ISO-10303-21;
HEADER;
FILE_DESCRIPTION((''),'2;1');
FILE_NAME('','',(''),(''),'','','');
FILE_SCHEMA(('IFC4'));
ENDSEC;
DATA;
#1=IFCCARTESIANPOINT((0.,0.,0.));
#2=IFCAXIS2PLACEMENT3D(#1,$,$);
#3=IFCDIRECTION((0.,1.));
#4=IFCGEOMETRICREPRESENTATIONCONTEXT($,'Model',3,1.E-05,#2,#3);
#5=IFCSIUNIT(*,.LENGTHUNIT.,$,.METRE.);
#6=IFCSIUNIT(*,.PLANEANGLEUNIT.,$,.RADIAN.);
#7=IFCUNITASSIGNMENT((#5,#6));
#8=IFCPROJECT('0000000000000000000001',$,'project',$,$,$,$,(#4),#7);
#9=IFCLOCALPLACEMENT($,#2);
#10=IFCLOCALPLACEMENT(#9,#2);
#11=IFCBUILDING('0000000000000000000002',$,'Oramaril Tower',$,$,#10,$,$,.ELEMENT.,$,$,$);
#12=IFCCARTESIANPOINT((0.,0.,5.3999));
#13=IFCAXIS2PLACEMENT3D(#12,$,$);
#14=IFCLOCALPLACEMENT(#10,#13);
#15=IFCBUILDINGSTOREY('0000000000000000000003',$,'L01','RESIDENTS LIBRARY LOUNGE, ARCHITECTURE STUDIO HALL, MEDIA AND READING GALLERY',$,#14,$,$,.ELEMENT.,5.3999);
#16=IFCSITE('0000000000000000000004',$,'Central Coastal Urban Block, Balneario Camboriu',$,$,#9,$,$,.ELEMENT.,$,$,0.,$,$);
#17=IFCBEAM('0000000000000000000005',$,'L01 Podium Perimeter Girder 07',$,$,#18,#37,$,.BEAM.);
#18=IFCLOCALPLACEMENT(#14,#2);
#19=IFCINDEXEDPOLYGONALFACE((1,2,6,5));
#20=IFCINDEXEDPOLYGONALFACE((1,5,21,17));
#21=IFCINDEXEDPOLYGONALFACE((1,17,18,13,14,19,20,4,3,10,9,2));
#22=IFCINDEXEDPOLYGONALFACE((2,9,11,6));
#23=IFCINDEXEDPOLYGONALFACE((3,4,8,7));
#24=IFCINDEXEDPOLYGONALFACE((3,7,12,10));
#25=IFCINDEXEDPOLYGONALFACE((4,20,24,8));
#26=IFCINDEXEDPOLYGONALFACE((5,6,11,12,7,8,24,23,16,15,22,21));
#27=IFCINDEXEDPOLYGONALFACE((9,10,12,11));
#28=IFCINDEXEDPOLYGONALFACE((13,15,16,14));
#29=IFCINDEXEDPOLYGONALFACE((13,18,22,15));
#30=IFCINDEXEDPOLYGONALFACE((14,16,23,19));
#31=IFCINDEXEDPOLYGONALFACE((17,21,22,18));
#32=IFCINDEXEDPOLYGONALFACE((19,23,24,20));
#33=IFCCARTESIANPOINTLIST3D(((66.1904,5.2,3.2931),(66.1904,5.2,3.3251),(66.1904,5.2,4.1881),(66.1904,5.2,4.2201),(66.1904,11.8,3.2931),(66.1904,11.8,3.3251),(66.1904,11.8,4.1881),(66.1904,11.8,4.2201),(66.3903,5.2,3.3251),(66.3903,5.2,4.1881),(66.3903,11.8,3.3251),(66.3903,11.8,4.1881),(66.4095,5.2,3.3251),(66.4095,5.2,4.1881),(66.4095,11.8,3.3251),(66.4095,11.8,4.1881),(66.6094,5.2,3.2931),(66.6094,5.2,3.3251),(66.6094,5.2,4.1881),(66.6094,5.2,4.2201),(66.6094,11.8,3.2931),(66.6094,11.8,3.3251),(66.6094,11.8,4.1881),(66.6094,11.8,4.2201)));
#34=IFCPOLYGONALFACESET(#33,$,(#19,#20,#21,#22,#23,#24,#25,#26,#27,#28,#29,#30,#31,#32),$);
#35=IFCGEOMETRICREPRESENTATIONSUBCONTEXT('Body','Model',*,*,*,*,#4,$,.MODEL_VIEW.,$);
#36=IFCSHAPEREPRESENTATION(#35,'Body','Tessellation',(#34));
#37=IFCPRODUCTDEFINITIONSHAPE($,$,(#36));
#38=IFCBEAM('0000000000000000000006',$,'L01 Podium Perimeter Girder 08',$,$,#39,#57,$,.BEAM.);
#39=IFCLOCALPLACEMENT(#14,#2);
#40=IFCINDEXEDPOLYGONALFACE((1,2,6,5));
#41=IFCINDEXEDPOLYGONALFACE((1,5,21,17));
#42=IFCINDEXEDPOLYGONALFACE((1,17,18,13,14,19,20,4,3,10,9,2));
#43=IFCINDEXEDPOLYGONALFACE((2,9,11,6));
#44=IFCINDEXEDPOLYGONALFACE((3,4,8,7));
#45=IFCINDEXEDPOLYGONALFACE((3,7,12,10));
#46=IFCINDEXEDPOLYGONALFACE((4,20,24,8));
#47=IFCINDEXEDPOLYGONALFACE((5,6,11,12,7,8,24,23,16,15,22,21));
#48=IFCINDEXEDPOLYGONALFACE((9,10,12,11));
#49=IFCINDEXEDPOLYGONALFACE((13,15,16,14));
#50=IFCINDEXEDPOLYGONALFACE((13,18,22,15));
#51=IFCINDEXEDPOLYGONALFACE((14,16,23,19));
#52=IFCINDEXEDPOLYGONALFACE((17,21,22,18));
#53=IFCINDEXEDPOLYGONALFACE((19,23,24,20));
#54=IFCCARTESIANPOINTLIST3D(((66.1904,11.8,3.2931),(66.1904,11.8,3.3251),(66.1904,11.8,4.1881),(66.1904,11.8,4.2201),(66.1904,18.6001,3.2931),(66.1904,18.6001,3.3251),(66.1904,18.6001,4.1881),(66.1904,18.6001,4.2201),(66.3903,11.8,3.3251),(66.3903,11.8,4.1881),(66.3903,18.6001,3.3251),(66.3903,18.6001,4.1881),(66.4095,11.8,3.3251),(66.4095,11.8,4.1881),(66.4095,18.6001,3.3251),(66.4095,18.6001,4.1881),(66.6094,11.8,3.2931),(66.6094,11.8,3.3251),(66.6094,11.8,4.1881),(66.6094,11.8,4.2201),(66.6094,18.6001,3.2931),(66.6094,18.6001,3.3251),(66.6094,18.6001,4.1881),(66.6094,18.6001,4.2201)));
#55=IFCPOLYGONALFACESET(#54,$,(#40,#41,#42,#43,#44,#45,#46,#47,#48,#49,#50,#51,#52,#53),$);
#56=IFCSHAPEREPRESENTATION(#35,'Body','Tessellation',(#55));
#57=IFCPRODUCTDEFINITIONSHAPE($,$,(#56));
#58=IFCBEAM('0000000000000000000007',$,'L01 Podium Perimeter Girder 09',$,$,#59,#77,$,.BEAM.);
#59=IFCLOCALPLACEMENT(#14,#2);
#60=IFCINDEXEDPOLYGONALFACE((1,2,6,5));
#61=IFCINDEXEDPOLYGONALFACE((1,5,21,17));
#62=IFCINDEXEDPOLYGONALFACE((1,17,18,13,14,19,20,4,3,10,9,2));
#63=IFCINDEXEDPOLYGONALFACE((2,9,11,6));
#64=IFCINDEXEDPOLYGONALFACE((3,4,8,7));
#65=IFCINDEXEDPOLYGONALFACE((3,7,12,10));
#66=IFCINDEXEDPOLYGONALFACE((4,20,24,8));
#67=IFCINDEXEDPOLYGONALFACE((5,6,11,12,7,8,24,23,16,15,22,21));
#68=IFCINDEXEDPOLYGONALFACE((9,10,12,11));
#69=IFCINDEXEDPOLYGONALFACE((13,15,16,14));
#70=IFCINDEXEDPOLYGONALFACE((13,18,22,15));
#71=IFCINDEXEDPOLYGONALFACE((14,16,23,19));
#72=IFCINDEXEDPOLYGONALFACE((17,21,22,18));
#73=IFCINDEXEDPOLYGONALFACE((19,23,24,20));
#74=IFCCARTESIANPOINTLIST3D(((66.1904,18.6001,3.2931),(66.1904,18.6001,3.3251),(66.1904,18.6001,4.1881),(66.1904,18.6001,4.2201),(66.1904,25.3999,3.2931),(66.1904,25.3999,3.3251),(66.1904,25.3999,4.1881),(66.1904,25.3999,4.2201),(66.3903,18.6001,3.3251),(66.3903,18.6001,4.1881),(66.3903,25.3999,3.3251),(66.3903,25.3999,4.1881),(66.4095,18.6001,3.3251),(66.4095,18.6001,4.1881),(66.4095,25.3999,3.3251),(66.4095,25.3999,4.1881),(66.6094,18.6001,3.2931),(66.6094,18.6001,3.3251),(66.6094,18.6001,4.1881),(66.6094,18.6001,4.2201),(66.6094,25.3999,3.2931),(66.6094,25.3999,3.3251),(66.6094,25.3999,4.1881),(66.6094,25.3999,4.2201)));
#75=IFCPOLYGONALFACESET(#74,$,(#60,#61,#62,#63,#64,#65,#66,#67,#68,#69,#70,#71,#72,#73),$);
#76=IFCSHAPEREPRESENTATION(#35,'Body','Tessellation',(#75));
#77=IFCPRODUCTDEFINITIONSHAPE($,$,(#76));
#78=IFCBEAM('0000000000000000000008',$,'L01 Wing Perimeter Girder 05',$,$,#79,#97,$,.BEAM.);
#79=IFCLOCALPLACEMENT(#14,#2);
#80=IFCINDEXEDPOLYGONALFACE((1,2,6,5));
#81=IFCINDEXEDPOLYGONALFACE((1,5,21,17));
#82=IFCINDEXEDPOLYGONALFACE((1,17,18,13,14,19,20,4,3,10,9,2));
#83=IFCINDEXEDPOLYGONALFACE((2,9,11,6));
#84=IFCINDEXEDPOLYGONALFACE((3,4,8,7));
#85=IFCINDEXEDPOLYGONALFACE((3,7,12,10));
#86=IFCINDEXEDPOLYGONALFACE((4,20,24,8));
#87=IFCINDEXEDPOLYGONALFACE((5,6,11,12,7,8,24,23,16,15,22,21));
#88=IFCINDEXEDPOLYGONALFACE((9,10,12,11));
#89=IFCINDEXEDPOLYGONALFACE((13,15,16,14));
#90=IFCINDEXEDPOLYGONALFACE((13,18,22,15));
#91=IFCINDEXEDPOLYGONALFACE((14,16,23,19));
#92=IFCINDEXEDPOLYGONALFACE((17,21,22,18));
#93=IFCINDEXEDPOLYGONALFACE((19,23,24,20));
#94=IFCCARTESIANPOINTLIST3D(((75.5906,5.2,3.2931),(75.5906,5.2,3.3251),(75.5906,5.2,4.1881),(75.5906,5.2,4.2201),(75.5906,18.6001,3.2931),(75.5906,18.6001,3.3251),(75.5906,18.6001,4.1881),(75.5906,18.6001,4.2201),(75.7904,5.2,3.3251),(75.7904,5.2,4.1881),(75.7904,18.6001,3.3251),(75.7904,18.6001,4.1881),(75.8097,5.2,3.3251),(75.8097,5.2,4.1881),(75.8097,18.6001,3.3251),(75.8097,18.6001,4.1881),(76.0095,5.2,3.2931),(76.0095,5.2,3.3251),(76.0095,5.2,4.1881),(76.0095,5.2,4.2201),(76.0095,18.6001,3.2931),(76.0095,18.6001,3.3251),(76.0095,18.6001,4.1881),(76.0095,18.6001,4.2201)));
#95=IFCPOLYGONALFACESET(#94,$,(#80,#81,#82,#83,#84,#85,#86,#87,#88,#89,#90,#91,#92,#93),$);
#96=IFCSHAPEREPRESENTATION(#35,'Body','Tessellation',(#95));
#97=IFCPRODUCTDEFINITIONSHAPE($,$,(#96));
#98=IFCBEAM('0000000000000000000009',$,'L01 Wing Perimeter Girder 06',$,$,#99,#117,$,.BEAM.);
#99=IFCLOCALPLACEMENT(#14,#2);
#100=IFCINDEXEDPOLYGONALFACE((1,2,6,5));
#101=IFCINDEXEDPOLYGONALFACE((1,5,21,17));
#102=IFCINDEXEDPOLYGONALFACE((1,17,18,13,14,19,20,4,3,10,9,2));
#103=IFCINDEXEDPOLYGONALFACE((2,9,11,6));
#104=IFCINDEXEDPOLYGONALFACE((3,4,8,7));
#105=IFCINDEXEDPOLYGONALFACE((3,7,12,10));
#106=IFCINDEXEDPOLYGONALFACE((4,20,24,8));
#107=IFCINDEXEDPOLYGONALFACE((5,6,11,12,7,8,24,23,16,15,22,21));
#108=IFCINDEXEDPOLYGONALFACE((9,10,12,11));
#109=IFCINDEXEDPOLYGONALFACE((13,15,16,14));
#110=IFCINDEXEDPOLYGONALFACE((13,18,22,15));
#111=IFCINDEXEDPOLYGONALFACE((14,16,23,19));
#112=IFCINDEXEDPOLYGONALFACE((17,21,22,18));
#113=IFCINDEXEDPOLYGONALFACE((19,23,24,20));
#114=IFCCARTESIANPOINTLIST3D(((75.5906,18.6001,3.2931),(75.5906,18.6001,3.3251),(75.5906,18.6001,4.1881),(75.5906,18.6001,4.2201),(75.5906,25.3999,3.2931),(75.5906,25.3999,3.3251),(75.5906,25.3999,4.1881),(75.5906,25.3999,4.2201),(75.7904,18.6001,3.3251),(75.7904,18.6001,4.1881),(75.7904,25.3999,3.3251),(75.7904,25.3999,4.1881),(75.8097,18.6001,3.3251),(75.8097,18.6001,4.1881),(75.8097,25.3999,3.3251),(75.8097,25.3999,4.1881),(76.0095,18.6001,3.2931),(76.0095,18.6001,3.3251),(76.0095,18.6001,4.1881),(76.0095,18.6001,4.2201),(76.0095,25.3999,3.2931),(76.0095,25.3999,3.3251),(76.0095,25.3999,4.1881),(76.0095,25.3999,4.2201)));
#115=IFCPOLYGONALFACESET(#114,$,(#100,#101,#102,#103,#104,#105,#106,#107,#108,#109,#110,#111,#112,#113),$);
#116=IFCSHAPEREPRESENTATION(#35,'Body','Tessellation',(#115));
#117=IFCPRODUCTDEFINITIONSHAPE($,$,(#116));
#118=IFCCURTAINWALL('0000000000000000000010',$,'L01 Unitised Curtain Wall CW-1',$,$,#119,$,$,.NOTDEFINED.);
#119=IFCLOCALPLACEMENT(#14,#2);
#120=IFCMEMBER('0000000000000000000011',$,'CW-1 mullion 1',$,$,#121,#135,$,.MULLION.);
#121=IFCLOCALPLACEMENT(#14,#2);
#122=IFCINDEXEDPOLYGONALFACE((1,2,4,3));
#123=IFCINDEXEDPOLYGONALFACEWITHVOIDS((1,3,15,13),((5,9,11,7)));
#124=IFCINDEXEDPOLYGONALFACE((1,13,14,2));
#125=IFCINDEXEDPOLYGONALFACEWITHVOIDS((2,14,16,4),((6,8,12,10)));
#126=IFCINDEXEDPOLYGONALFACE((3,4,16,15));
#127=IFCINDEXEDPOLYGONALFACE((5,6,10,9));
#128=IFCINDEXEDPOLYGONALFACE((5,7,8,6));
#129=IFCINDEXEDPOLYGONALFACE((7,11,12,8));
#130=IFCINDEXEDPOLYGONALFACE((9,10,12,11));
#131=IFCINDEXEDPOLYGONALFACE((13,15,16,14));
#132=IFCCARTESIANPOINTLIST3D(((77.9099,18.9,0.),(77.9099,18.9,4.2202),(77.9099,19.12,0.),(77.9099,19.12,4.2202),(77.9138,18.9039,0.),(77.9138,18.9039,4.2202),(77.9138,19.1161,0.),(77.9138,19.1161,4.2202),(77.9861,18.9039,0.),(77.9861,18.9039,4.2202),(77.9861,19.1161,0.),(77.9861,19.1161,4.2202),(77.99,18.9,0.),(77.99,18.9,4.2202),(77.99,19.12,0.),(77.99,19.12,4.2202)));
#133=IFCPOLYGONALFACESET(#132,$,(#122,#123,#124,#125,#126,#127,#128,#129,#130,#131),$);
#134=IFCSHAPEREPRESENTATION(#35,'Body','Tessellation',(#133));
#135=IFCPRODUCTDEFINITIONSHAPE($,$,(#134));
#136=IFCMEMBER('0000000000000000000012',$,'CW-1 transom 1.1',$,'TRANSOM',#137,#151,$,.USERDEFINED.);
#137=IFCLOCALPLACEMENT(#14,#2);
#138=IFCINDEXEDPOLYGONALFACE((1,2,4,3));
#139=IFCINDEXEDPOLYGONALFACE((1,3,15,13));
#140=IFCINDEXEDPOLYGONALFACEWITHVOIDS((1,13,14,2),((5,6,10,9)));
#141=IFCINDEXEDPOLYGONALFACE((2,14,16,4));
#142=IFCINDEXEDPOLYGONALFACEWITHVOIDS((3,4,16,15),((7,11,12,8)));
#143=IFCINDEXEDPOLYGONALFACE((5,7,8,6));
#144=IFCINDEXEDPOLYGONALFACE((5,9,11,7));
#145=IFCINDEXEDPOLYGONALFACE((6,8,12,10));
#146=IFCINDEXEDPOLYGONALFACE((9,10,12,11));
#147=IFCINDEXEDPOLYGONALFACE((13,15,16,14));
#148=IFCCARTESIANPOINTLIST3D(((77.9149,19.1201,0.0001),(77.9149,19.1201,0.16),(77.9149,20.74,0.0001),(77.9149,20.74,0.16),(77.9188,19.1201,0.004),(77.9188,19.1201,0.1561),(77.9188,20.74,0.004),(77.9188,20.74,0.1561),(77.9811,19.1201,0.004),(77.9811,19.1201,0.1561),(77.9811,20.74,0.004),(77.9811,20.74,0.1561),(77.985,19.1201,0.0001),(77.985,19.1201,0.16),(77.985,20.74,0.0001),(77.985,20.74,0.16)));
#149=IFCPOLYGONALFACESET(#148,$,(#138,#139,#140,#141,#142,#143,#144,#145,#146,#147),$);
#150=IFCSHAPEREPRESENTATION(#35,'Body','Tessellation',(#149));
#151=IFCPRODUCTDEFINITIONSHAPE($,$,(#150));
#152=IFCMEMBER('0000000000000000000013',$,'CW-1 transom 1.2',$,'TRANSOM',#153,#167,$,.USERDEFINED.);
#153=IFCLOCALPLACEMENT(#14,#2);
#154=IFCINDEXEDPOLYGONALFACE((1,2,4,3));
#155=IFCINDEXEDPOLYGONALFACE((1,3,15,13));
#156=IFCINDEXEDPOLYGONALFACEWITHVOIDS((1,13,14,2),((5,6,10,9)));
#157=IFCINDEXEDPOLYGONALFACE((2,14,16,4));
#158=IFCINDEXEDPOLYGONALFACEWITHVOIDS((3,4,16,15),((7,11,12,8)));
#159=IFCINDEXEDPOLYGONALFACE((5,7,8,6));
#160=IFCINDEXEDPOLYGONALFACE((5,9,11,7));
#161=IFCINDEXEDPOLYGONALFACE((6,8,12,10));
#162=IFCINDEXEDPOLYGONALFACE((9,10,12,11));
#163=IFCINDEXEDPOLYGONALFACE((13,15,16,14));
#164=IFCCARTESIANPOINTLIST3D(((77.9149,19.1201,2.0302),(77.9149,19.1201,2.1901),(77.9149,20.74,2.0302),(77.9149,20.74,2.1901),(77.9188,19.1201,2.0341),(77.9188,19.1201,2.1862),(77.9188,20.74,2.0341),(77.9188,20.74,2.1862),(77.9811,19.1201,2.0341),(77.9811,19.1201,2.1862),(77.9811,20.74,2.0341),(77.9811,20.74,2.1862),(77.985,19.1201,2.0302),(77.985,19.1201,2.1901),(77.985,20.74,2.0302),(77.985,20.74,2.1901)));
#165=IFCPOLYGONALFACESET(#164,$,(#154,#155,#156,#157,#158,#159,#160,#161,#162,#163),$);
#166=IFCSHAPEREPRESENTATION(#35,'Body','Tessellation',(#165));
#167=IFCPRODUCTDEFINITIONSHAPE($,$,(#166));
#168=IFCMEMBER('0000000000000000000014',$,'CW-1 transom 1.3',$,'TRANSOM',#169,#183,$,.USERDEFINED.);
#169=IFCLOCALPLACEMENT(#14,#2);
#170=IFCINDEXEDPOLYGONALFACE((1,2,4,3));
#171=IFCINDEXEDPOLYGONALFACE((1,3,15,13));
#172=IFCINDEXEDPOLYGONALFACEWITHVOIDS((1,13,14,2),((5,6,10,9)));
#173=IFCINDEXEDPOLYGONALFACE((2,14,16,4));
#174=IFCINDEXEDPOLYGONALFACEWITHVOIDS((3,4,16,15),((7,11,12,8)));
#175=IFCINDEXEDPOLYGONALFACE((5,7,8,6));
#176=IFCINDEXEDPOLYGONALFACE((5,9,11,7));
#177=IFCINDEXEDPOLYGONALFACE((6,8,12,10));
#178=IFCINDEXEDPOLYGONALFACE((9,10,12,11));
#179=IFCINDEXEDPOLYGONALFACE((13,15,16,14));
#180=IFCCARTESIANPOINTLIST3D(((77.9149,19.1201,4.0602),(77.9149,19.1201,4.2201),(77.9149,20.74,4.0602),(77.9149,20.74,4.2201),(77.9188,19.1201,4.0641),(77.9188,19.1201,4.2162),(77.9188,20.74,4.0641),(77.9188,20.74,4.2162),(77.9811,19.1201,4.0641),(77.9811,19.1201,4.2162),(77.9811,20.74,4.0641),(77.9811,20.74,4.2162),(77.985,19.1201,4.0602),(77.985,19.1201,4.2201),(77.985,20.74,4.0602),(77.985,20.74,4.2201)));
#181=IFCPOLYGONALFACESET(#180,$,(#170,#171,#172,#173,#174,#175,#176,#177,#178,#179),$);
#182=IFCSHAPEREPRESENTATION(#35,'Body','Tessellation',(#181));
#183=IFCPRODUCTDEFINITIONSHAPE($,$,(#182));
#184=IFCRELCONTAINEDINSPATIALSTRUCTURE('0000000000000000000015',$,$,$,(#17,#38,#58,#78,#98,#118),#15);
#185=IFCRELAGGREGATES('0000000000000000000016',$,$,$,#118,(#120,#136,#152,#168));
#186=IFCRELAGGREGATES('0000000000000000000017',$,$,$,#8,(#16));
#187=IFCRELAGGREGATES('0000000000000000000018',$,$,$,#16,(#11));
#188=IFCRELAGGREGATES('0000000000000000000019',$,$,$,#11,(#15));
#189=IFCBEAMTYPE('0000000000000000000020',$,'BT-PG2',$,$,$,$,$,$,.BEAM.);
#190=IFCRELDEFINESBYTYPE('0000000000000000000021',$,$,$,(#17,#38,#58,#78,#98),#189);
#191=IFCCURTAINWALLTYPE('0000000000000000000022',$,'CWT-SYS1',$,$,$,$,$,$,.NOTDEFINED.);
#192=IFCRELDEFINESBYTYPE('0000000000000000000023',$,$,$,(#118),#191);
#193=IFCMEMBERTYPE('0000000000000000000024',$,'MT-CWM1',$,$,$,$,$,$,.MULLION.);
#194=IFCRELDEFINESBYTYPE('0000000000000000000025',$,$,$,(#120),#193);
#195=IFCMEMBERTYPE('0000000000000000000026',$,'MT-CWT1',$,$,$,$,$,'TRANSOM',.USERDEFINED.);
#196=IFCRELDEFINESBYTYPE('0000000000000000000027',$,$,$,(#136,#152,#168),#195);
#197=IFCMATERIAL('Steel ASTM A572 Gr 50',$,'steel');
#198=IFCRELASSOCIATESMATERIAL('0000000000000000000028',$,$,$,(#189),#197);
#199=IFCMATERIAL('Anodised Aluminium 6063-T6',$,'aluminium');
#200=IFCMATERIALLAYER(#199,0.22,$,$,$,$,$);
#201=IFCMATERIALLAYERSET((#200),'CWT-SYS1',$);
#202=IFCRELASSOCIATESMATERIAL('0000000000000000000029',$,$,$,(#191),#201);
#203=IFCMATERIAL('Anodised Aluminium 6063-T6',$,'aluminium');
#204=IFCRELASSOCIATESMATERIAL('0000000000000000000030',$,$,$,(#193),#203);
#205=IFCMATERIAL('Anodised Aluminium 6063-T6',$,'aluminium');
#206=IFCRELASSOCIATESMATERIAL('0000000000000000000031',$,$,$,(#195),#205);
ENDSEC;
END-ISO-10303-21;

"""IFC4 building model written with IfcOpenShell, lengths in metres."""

from ifc_helpers import new_model, si_unit, direction, frame, origin, origin_2d, place, context, subcontext, project, spatial, hollow_rectangle, i_section, extrude, material, layer, layer_set, material_profile, profile_set, type_object, element, aggregate, save


model = new_model("IFC4")

# Units and contexts
model_context = context("Model", 3, precision=1e-05, world=origin(), true_north=direction((0.0, 1.0)))
body_context = subcontext(model_context, "Body", "Model", "MODEL_VIEW")
ifc_project = project(units=[si_unit("LENGTHUNIT", "METRE"), si_unit("PLANEANGLEUNIT", "RADIAN")], contexts=[model_context])

# Site, building, storey
site_placement = place(None, origin())
site = spatial("IfcSite", under=ifc_project, at=site_placement, Name="Central Coastal Urban Block, Balneario Camboriu", CompositionType="ELEMENT", RefElevation=0.0)
building_placement = place(site_placement, origin())
building = spatial("IfcBuilding", under=site, at=building_placement, Name="Oramaril Tower", CompositionType="ELEMENT")
storey_placement = place(building_placement, frame((0.0, 0.0, 5.3999)))
storey = spatial("IfcBuildingStorey", under=building, at=storey_placement, Name="L01", Description="RESIDENTS LIBRARY LOUNGE, ARCHITECTURE STUDIO HALL, MEDIA AND READING GALLERY", CompositionType="ELEMENT", Elevation=5.3999)

# Beams
ifc_material_1 = material(Name="Steel ASTM A572 Gr 50", Category="steel")
ifc_material_profile_1 = material_profile(ifc_material_1, i_section(OverallWidth=0.4189, OverallDepth=0.927, WebThickness=0.0193, FlangeThickness=0.032, at=origin_2d()), Name="W36X231")
ifc_profile_set_1 = profile_set([ifc_material_profile_1], Name="Steel ASTM A572 Gr 50")
beam_type_1 = type_object("IfcBeamType", Name="BT-PG2", PredefinedType="BEAM", material=ifc_profile_set_1)
beam_1_placement = place(storey_placement, frame((66.3999, 5.2, 3.7566), z_axis=(0.0, 1.0, 0.0), x_axis=(-1.0, 0.0, 0.0)))
element("IfcBeam", 1, at=beam_1_placement, inside=storey, type_object=beam_type_1, Name="L01 Podium Perimeter Girder 07", PredefinedType="BEAM", context=body_context, shape_type="SweptSolid", body=[
    extrude(i_section(OverallWidth=0.4189, OverallDepth=0.927, WebThickness=0.0193, FlangeThickness=0.032, at=origin_2d()), origin(), (0.0, 0.0, 1.0), 6.6001),
])
beam_2_placement = place(storey_placement, frame((66.3999, 11.8, 3.7566), z_axis=(0.0, 1.0, 0.0), x_axis=(-1.0, 0.0, 0.0)))
element("IfcBeam", 2, at=beam_2_placement, inside=storey, type_object=beam_type_1, Name="L01 Podium Perimeter Girder 08", PredefinedType="BEAM", context=body_context, shape_type="SweptSolid", body=[
    extrude(i_section(OverallWidth=0.4189, OverallDepth=0.927, WebThickness=0.0193, FlangeThickness=0.032, at=origin_2d()), origin(), (0.0, 0.0, 1.0), 6.8),
])
beam_3_placement = place(storey_placement, frame((66.3999, 18.6001, 3.7566), z_axis=(0.0, 1.0, 0.0), x_axis=(-1.0, 0.0, 0.0)))
element("IfcBeam", 3, at=beam_3_placement, inside=storey, type_object=beam_type_1, Name="L01 Podium Perimeter Girder 09", PredefinedType="BEAM", context=body_context, shape_type="SweptSolid", body=[
    extrude(i_section(OverallWidth=0.4189, OverallDepth=0.927, WebThickness=0.0193, FlangeThickness=0.032, at=origin_2d()), origin(), (0.0, 0.0, 1.0), 6.7998),
])
beam_4_placement = place(storey_placement, frame((75.8, 5.2, 3.7566), z_axis=(0.0, 1.0, 0.0), x_axis=(-1.0, 0.0, 0.0)))
element("IfcBeam", 4, at=beam_4_placement, inside=storey, type_object=beam_type_1, Name="L01 Wing Perimeter Girder 05", PredefinedType="BEAM", context=body_context, shape_type="SweptSolid", body=[
    extrude(i_section(OverallWidth=0.4189, OverallDepth=0.927, WebThickness=0.0193, FlangeThickness=0.032, at=origin_2d()), origin(), (0.0, 0.0, 1.0), 13.4001),
])
beam_5_placement = place(storey_placement, frame((75.8, 18.6001, 3.7566), z_axis=(0.0, 1.0, 0.0), x_axis=(-1.0, 0.0, 0.0)))
element("IfcBeam", 5, at=beam_5_placement, inside=storey, type_object=beam_type_1, Name="L01 Wing Perimeter Girder 06", PredefinedType="BEAM", context=body_context, shape_type="SweptSolid", body=[
    extrude(i_section(OverallWidth=0.4189, OverallDepth=0.927, WebThickness=0.0193, FlangeThickness=0.032, at=origin_2d()), origin(), (0.0, 0.0, 1.0), 6.7998),
])

# Curtain wall, members
ifc_material_2 = material(Name="Anodised Aluminium 6063-T6", Category="aluminium")
ifc_layer_1 = layer(ifc_material_2, 0.22)
ifc_layer_set_1 = layer_set([ifc_layer_1], Name="CWT-SYS1")
curtain_wall_type = type_object("IfcCurtainWallType", Name="CWT-SYS1", PredefinedType="NOTDEFINED", material=ifc_layer_set_1)
curtain_wall_placement = place(storey_placement, origin())
curtain_wall = element("IfcCurtainWall", 6, at=curtain_wall_placement, inside=storey, type_object=curtain_wall_type, Name="L01 Unitised Curtain Wall CW-1", PredefinedType="NOTDEFINED")
ifc_material_3 = material(Name="Anodised Aluminium 6063-T6", Category="aluminium")
ifc_material_profile_2 = material_profile(ifc_material_3, hollow_rectangle(XDim=0.0801, YDim=0.22, WallThickness=0.0039, at=origin_2d()), Name="CWM220X80")
ifc_profile_set_2 = profile_set([ifc_material_profile_2], Name="Anodised Aluminium 6063-T6")
member_type_1 = type_object("IfcMemberType", Name="MT-CWM1", PredefinedType="MULLION", material=ifc_profile_set_2)
member_1_placement = place(storey_placement, frame((77.95, 19.01, 0.0), z_axis=(0.0, 0.0, 1.0), x_axis=(-1.0, 0.0, 0.0)))
member_1 = element("IfcMember", 7, at=member_1_placement, type_object=member_type_1, Name="CW-1 mullion 1", PredefinedType="MULLION", context=body_context, shape_type="SweptSolid", body=[
    extrude(hollow_rectangle(XDim=0.0801, YDim=0.22, WallThickness=0.0039, at=origin_2d()), origin(), (0.0, 0.0, 1.0), 4.2202),
])
ifc_material_4 = material(Name="Anodised Aluminium 6063-T6", Category="aluminium")
ifc_material_profile_3 = material_profile(ifc_material_4, hollow_rectangle(XDim=0.0701, YDim=0.1599, WallThickness=0.0039, at=origin_2d()), Name="CWT160X70")
ifc_profile_set_3 = profile_set([ifc_material_profile_3], Name="Anodised Aluminium 6063-T6")
member_type_2 = type_object("IfcMemberType", Name="MT-CWT1", ElementType="TRANSOM", PredefinedType="USERDEFINED", material=ifc_profile_set_3)
member_2_placement = place(storey_placement, frame((77.95, 19.1201, 0.0801), z_axis=(0.0, 1.0, 0.0), x_axis=(-1.0, 0.0, 0.0)))
member_2 = element("IfcMember", 8, at=member_2_placement, type_object=member_type_2, Name="CW-1 transom 1.1", ObjectType="TRANSOM", PredefinedType="USERDEFINED", context=body_context, shape_type="SweptSolid", body=[
    extrude(hollow_rectangle(XDim=0.0701, YDim=0.1599, WallThickness=0.0039, at=origin_2d()), origin(), (0.0, 0.0, 1.0), 1.6199),
])
member_3_placement = place(storey_placement, frame((77.95, 19.1201, 2.1101), z_axis=(0.0, 1.0, 0.0), x_axis=(-1.0, 0.0, 0.0)))
member_3 = element("IfcMember", 9, at=member_3_placement, type_object=member_type_2, Name="CW-1 transom 1.2", ObjectType="TRANSOM", PredefinedType="USERDEFINED", context=body_context, shape_type="SweptSolid", body=[
    extrude(hollow_rectangle(XDim=0.0701, YDim=0.1599, WallThickness=0.0039, at=origin_2d()), origin(), (0.0, 0.0, 1.0), 1.6199),
])
member_4_placement = place(storey_placement, frame((77.95, 19.1201, 4.1401), z_axis=(0.0, 1.0, 0.0), x_axis=(-1.0, 0.0, 0.0)))
member_4 = element("IfcMember", 10, at=member_4_placement, type_object=member_type_2, Name="CW-1 transom 1.3", ObjectType="TRANSOM", PredefinedType="USERDEFINED", context=body_context, shape_type="SweptSolid", body=[
    extrude(hollow_rectangle(XDim=0.0701, YDim=0.1599, WallThickness=0.0039, at=origin_2d()), origin(), (0.0, 0.0, 1.0), 1.6199),
])
aggregate(curtain_wall, [member_1, member_2, member_3, member_4])

save(model, "model.ifc")
